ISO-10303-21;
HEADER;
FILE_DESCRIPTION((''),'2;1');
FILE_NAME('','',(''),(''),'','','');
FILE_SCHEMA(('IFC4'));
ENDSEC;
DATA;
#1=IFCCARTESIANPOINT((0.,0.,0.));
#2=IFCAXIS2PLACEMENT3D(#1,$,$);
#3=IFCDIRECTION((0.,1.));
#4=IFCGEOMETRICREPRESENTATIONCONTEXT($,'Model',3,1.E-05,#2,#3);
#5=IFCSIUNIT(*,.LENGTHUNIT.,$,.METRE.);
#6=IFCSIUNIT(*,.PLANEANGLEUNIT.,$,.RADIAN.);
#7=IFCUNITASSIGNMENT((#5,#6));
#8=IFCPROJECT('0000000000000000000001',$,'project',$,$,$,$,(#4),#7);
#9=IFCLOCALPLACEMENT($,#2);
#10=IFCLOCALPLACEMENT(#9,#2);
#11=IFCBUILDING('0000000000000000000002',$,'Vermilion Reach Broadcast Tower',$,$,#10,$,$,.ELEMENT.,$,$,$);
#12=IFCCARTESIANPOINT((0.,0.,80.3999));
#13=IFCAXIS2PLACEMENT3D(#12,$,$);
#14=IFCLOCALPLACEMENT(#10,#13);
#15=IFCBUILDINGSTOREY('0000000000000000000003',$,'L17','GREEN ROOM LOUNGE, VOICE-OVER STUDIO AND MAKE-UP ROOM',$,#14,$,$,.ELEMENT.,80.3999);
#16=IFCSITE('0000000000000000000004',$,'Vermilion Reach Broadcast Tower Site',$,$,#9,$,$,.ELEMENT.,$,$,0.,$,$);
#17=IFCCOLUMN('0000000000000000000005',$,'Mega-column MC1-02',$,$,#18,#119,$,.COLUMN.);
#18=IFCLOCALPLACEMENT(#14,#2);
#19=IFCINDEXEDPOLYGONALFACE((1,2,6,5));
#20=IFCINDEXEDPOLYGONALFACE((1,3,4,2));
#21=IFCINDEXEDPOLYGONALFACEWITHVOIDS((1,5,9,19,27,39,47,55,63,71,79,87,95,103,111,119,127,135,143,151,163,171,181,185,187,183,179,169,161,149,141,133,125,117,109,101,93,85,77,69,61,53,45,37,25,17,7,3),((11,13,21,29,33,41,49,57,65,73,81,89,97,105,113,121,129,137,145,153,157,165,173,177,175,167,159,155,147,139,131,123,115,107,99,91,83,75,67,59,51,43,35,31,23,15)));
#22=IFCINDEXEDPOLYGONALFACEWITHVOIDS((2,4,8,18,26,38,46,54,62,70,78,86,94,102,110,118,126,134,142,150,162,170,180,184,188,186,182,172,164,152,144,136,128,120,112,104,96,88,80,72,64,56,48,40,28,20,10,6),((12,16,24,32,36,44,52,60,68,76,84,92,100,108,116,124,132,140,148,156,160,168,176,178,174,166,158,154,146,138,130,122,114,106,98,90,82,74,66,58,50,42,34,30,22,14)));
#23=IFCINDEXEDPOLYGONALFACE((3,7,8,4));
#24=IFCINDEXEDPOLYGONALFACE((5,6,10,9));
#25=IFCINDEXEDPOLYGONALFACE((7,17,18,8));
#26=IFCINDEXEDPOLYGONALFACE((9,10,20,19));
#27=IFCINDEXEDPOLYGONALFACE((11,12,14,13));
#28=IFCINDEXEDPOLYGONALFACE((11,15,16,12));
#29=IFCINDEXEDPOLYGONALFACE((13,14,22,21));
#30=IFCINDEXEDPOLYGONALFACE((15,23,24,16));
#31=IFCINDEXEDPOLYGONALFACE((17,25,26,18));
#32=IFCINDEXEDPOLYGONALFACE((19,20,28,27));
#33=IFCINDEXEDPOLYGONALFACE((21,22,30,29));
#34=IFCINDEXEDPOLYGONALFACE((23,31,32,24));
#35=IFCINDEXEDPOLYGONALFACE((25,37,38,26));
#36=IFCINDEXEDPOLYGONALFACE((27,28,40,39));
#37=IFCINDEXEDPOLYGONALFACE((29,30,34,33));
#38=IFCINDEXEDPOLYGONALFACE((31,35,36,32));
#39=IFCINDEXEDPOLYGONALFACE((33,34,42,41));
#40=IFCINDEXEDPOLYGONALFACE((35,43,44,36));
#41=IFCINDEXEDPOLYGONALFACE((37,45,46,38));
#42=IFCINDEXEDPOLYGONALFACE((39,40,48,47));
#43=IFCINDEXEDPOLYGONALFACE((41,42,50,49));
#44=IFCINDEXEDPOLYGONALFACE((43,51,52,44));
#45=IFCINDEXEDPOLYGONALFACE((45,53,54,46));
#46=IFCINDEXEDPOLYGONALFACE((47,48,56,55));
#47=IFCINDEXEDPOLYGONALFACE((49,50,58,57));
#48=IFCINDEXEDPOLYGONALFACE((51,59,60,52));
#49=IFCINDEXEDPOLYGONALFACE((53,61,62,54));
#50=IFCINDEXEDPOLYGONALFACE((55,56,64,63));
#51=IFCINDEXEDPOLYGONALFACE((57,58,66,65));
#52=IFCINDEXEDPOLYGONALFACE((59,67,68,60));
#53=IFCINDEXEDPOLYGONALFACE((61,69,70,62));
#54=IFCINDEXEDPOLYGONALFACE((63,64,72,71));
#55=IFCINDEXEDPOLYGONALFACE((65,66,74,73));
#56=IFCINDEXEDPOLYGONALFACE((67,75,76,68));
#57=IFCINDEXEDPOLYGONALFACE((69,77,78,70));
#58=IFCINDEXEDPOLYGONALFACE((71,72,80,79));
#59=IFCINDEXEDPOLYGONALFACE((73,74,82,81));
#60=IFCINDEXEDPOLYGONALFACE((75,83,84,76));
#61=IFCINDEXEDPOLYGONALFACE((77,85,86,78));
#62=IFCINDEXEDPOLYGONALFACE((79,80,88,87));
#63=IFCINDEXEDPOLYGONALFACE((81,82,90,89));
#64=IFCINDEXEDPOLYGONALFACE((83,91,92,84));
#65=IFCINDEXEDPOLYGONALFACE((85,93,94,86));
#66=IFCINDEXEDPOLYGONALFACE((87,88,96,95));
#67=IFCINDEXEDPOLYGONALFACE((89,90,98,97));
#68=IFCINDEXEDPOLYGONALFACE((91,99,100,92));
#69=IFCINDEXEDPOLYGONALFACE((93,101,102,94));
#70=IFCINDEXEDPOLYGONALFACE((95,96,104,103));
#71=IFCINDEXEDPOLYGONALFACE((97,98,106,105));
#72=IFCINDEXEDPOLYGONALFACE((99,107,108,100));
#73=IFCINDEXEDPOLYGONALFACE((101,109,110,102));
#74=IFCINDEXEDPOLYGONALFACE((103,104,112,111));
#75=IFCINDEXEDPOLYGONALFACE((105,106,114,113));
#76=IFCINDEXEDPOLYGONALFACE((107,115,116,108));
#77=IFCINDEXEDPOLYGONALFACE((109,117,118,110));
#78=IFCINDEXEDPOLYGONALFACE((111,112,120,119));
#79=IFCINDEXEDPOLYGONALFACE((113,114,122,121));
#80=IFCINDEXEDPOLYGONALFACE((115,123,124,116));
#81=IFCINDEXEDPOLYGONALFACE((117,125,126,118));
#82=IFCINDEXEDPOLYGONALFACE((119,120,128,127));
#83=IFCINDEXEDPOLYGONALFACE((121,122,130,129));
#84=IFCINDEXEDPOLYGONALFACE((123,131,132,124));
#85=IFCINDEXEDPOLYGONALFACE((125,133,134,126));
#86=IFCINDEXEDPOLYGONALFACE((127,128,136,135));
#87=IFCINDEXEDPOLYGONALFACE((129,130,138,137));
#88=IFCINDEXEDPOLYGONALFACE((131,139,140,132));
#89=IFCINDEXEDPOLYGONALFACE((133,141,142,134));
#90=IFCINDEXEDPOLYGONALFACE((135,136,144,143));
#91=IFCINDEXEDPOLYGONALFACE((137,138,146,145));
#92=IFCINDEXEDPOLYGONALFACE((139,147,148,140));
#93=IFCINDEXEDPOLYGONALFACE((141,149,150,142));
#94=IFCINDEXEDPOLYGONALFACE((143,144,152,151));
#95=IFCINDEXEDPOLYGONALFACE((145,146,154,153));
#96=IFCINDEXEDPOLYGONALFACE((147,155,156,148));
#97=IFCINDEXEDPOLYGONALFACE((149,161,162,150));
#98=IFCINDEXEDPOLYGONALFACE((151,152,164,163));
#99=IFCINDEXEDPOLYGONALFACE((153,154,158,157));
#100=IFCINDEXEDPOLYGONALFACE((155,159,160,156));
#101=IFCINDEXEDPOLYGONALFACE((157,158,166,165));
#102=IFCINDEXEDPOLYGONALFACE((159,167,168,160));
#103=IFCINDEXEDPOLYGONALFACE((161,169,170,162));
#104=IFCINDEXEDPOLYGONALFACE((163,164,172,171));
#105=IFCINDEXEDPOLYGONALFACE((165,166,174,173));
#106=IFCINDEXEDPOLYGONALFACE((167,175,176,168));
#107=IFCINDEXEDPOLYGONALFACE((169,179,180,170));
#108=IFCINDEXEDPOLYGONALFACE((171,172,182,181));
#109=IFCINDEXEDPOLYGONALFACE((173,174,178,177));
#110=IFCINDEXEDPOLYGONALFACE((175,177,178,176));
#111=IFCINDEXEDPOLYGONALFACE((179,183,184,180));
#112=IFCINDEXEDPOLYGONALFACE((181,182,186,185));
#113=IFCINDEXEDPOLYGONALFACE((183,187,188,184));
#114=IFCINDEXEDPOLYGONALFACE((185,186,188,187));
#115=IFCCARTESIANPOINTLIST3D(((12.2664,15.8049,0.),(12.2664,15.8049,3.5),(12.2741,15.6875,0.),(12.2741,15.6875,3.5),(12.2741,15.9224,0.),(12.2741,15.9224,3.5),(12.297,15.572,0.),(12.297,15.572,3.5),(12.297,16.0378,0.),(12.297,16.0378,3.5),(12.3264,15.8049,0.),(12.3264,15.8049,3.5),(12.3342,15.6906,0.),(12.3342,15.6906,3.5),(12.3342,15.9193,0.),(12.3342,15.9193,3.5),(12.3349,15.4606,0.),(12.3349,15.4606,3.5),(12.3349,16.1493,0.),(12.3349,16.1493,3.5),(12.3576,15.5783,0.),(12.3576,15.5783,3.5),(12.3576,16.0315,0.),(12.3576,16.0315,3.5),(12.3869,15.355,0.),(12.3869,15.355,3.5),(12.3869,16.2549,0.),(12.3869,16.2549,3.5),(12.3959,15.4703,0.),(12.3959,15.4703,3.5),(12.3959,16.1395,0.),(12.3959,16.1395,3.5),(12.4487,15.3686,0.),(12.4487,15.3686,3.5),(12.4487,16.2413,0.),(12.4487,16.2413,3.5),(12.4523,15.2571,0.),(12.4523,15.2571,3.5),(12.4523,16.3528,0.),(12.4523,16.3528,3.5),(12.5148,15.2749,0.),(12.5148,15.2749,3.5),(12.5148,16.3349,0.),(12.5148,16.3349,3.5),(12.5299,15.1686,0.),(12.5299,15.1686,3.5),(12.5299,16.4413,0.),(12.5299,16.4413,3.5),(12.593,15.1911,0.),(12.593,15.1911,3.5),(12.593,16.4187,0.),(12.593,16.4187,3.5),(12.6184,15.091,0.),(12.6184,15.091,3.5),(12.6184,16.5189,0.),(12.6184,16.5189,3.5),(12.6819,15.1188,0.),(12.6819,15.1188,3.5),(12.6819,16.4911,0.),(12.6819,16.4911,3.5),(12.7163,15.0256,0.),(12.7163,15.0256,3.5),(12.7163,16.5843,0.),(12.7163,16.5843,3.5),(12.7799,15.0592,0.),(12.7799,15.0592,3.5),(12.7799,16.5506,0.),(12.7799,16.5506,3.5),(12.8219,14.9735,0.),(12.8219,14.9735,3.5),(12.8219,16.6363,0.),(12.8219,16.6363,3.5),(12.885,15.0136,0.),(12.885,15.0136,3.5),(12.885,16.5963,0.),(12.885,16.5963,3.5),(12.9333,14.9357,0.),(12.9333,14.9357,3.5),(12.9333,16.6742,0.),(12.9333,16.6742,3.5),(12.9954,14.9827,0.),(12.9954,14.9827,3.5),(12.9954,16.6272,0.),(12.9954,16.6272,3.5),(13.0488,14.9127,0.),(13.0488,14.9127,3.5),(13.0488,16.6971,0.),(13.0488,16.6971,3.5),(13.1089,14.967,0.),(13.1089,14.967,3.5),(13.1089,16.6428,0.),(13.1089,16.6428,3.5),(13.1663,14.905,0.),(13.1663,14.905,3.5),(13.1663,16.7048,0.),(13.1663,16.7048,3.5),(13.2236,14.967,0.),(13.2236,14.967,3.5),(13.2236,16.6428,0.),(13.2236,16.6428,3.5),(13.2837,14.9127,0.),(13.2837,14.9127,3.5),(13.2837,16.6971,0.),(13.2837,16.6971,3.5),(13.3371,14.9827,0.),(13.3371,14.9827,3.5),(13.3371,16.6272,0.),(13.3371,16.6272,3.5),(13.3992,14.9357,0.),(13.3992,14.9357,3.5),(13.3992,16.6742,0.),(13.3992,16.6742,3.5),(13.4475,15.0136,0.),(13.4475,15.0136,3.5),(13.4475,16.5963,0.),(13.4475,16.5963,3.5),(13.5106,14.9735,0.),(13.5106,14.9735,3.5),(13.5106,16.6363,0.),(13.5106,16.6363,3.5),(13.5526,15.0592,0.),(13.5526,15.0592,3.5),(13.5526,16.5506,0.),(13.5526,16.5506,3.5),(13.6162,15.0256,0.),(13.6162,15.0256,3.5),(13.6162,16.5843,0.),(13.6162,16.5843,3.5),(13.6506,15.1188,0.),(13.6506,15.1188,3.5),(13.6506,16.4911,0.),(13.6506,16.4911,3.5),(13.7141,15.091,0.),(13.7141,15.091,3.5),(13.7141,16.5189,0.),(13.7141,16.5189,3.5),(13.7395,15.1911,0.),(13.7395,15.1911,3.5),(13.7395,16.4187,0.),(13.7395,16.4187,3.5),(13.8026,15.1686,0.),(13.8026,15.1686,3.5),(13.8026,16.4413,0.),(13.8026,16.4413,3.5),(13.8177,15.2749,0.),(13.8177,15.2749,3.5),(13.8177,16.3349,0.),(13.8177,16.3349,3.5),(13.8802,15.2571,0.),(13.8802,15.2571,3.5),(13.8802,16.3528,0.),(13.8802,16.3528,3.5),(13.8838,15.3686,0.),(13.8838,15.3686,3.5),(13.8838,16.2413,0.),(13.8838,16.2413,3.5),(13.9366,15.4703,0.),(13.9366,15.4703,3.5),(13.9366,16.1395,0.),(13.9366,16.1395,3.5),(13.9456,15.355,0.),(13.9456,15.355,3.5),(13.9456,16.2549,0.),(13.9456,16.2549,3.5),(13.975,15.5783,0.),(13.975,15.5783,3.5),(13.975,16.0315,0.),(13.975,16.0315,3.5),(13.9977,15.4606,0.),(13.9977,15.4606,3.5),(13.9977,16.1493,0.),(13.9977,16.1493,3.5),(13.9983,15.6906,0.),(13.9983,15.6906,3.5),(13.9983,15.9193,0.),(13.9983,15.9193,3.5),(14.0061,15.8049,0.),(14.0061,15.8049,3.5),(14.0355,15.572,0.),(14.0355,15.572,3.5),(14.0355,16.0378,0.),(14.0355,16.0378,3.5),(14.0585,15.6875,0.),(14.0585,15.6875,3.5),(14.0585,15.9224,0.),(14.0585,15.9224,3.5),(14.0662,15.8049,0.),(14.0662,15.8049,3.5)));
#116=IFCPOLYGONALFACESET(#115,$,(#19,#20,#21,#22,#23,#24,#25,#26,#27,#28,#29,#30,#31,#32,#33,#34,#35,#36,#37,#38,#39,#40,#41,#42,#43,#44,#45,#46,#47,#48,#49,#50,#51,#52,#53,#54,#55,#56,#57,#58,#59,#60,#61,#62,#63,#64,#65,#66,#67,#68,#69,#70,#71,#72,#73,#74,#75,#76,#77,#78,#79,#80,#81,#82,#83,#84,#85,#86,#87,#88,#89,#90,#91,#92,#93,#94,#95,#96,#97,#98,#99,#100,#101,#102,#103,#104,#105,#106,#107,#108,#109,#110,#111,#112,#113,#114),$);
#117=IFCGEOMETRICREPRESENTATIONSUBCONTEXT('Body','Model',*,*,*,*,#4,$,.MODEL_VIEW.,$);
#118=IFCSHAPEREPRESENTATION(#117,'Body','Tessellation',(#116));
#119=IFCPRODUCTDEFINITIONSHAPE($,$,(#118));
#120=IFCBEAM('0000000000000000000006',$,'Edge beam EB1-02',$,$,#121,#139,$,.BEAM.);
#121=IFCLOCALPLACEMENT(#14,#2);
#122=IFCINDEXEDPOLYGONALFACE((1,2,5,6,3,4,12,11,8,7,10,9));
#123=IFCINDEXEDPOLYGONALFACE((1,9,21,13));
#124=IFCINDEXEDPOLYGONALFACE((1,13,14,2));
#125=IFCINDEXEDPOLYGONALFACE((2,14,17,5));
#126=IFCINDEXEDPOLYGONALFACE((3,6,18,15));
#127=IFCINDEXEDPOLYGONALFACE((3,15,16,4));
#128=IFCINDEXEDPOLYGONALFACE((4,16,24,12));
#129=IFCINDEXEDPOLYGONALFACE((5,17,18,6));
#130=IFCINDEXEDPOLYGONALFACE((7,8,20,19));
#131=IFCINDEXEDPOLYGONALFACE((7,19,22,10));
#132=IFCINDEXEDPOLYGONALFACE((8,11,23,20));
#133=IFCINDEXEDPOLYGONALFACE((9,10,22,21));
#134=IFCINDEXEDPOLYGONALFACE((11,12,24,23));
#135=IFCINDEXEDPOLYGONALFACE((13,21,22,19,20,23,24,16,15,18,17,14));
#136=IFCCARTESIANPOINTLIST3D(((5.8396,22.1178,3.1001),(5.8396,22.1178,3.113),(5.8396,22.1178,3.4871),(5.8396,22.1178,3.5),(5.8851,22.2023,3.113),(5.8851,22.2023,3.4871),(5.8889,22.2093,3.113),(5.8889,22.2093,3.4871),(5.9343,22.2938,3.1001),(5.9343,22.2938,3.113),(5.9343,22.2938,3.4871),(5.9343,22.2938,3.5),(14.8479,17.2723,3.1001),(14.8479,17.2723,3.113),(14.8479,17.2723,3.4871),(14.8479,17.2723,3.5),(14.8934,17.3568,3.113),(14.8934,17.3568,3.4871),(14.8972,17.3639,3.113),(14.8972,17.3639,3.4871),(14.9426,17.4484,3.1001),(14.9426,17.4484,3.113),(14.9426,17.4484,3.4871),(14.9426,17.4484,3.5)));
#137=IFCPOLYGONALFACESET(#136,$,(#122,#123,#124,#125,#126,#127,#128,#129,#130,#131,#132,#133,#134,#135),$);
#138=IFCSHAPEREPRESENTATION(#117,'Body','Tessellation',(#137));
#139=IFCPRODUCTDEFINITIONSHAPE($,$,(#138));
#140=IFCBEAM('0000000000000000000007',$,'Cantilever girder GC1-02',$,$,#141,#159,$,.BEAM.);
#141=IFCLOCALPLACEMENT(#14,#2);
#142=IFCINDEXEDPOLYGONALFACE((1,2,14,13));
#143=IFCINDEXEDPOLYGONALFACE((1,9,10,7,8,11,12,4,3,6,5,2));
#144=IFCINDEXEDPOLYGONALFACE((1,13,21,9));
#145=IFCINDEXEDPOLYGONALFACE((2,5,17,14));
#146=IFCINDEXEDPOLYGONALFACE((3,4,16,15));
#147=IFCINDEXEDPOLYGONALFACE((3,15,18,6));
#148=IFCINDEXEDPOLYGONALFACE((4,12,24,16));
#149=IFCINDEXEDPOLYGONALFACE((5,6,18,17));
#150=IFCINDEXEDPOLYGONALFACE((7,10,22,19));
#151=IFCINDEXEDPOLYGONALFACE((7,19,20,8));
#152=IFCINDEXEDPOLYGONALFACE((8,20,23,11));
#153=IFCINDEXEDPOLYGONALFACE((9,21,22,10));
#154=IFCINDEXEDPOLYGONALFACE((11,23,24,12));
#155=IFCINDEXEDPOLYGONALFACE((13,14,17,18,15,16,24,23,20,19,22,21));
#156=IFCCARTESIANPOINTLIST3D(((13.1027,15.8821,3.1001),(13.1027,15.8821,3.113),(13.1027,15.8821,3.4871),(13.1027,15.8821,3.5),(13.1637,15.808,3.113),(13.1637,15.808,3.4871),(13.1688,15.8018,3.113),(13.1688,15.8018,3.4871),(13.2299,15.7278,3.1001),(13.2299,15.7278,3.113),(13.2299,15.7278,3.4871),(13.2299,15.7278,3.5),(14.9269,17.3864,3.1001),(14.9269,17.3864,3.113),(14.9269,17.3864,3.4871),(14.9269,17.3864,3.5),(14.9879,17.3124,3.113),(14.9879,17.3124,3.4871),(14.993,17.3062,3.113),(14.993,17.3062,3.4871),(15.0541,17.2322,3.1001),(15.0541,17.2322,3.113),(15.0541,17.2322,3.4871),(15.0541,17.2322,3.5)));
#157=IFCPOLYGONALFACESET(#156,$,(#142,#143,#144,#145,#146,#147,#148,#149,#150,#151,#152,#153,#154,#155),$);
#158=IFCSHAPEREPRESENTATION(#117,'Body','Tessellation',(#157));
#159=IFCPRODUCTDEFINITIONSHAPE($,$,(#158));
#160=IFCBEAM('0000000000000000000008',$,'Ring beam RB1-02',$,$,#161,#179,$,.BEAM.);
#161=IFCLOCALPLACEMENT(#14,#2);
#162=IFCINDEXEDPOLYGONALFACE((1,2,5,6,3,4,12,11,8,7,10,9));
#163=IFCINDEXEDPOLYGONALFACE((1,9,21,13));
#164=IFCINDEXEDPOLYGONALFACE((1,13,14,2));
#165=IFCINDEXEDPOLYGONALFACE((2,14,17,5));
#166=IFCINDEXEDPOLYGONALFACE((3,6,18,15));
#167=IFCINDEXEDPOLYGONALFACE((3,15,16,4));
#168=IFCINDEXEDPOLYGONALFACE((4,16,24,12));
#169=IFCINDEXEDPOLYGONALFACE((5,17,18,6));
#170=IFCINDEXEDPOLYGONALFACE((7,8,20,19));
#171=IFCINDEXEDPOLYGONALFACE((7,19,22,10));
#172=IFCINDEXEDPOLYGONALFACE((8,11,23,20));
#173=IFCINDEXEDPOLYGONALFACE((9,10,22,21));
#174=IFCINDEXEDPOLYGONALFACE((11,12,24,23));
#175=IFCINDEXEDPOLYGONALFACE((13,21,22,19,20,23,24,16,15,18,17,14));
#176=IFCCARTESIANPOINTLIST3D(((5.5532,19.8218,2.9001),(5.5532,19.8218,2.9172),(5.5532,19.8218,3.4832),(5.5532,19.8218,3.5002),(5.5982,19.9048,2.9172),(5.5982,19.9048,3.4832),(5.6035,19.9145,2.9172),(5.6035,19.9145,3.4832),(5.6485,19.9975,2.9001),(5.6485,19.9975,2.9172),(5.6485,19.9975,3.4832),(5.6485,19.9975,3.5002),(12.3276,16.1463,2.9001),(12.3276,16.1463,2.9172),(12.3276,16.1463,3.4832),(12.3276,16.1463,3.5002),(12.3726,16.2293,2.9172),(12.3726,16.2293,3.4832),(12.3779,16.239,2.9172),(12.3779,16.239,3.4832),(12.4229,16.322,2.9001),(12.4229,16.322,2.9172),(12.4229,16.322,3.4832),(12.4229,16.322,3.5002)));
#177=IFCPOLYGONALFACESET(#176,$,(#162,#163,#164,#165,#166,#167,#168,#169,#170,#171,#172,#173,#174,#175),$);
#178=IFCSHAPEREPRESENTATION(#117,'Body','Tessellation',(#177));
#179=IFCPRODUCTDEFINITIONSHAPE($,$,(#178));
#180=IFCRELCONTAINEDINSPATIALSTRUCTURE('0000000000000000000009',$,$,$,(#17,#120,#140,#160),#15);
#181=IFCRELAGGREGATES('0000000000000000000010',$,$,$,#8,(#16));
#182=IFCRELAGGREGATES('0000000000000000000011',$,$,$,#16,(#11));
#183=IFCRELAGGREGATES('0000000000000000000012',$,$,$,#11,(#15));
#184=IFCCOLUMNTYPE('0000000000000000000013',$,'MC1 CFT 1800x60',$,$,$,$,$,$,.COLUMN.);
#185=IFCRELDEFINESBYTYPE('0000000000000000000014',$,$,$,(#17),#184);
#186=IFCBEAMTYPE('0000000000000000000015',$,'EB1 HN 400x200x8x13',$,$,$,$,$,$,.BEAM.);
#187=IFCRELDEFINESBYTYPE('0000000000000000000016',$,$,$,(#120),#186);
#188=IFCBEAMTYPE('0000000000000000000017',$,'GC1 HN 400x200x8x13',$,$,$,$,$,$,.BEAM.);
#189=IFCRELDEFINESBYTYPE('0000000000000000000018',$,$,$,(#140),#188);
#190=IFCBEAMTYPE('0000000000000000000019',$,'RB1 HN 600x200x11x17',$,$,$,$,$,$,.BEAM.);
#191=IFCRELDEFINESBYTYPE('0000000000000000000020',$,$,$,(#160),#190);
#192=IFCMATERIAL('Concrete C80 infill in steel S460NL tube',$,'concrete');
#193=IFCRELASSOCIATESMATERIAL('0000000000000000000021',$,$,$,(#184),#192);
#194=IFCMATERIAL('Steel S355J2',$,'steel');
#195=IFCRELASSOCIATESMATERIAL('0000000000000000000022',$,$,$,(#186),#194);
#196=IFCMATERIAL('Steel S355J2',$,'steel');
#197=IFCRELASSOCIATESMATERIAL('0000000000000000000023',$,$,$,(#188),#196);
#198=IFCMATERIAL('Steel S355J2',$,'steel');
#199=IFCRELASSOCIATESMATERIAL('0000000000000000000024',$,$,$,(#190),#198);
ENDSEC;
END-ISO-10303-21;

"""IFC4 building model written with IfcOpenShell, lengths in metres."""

from ifc_helpers import new_model, si_unit, direction, frame, origin, origin_2d, place, context, subcontext, project, spatial, hollow_circle, i_section, extrude, material, material_profile, profile_set, type_object, element, save


model = new_model("IFC4")

# Units and contexts
model_context = context("Model", 3, precision=1e-05, world=origin(), true_north=direction((0.0, 1.0)))
body_context = subcontext(model_context, "Body", "Model", "MODEL_VIEW")
ifc_project = project(units=[si_unit("LENGTHUNIT", "METRE"), si_unit("PLANEANGLEUNIT", "RADIAN")], contexts=[model_context])

# Site, building, storey
site_placement = place(None, origin())
site = spatial("IfcSite", under=ifc_project, at=site_placement, Name="Vermilion Reach Broadcast Tower Site", CompositionType="ELEMENT", RefElevation=0.0)
building_placement = place(site_placement, origin())
building = spatial("IfcBuilding", under=site, at=building_placement, Name="Vermilion Reach Broadcast Tower", CompositionType="ELEMENT")
storey_placement = place(building_placement, frame((0.0, 0.0, 80.3999)))
storey = spatial("IfcBuildingStorey", under=building, at=storey_placement, Name="L17", Description="GREEN ROOM LOUNGE, VOICE-OVER STUDIO AND MAKE-UP ROOM", CompositionType="ELEMENT", Elevation=80.3999)

# Column
ifc_material_1 = material(Name="Concrete C80 infill in steel S460NL tube", Category="concrete")
ifc_material_profile_1 = material_profile(ifc_material_1, hollow_circle(Radius=0.8999, WallThickness=0.0601, at=origin_2d()), Name="Concrete C80 infill in steel S460NL tube CFT 1800x60")
ifc_profile_set_1 = profile_set([ifc_material_profile_1], Name="Concrete C80 infill in steel S460NL tube")
column_type = type_object("IfcColumnType", Name="MC1 CFT 1800x60", PredefinedType="COLUMN", material=ifc_profile_set_1)
column_placement = place(storey_placement, frame((13.1663, 15.8049, 0.0), z_axis=(0.0, 0.0, 1.0), x_axis=(1.0, 0.0, 0.0)))
element("IfcColumn", 1, at=column_placement, inside=storey, type_object=column_type, Name="Mega-column MC1-02", PredefinedType="COLUMN", context=body_context, shape_type="SweptSolid", body=[
    extrude(hollow_circle(Radius=0.8999, WallThickness=0.0601, at=origin_2d()), origin(), (0.0, 0.0, 1.0), 3.5),
])

# Beams
ifc_material_2 = material(Name="Steel S355J2", Category="steel")
ifc_material_profile_2 = material_profile(ifc_material_2, i_section(OverallWidth=0.2, OverallDepth=0.3999, WebThickness=0.0081, FlangeThickness=0.0129, at=origin_2d()), Name="S355J2 HN 400x200x8x13")
ifc_profile_set_2 = profile_set([ifc_material_profile_2], Name="Steel S355J2")
beam_type_1 = type_object("IfcBeamType", Name="EB1 HN 400x200x8x13", PredefinedType="BEAM", material=ifc_profile_set_2)
beam_1_placement = place(storey_placement, frame((14.8953, 17.3604, 3.3), z_axis=(-0.880682, 0.473708, 0.0), x_axis=(-0.473708, -0.880682, 0.0)))
element("IfcBeam", 2, at=beam_1_placement, inside=storey, type_object=beam_type_1, Name="Edge beam EB1-02", PredefinedType="BEAM", context=body_context, shape_type="SweptSolid", body=[
    extrude(i_section(OverallWidth=0.2, OverallDepth=0.3999, WebThickness=0.0081, FlangeThickness=0.0129, at=origin_2d()), origin(), (0.0, 0.0, 1.0), 10.2288),
])
ifc_material_3 = material(Name="Steel S355J2", Category="steel")
ifc_material_profile_3 = material_profile(ifc_material_3, i_section(OverallWidth=0.2, OverallDepth=0.3999, WebThickness=0.0081, FlangeThickness=0.0129, at=origin_2d()), Name="S355J2 HN 400x200x8x13")
ifc_profile_set_3 = profile_set([ifc_material_profile_3], Name="Steel S355J2")
beam_type_2 = type_object("IfcBeamType", Name="GC1 HN 400x200x8x13", PredefinedType="BEAM", material=ifc_profile_set_3)
beam_2_placement = place(storey_placement, frame((13.1663, 15.8049, 3.3), z_axis=(0.771495, 0.636235, 0.0), x_axis=(-0.636235, 0.771495, 0.0)))
element("IfcBeam", 3, at=beam_2_placement, inside=storey, type_object=beam_type_2, Name="Cantilever girder GC1-02", PredefinedType="BEAM", context=body_context, shape_type="SweptSolid", body=[
    extrude(i_section(OverallWidth=0.2, OverallDepth=0.3999, WebThickness=0.0081, FlangeThickness=0.0129, at=origin_2d()), origin(), (0.0, 0.0, 1.0), 2.3645),
])
ifc_material_4 = material(Name="Steel S355J2", Category="steel")
ifc_material_profile_4 = material_profile(ifc_material_4, i_section(OverallWidth=0.2, OverallDepth=0.6001, WebThickness=0.011, FlangeThickness=0.0171, at=origin_2d()), Name="S355J2 HN 600x200x11x17")
ifc_profile_set_4 = profile_set([ifc_material_profile_4], Name="Steel S355J2")
beam_type_3 = type_object("IfcBeamType", Name="RB1 HN 600x200x11x17", PredefinedType="BEAM", material=ifc_profile_set_4)
beam_3_placement = place(storey_placement, frame((12.3752, 16.2341, 3.2002), z_axis=(-0.878962, 0.476891, 0.0), x_axis=(-0.476891, -0.878962, 0.0)))
element("IfcBeam", 4, at=beam_3_placement, inside=storey, type_object=beam_type_3, Name="Ring beam RB1-02", PredefinedType="BEAM", context=body_context, shape_type="SweptSolid", body=[
    extrude(i_section(OverallWidth=0.2, OverallDepth=0.6001, WebThickness=0.011, FlangeThickness=0.0171, at=origin_2d()), origin(), (0.0, 0.0, 1.0), 7.7073),
])

save(model, "model.ifc")
